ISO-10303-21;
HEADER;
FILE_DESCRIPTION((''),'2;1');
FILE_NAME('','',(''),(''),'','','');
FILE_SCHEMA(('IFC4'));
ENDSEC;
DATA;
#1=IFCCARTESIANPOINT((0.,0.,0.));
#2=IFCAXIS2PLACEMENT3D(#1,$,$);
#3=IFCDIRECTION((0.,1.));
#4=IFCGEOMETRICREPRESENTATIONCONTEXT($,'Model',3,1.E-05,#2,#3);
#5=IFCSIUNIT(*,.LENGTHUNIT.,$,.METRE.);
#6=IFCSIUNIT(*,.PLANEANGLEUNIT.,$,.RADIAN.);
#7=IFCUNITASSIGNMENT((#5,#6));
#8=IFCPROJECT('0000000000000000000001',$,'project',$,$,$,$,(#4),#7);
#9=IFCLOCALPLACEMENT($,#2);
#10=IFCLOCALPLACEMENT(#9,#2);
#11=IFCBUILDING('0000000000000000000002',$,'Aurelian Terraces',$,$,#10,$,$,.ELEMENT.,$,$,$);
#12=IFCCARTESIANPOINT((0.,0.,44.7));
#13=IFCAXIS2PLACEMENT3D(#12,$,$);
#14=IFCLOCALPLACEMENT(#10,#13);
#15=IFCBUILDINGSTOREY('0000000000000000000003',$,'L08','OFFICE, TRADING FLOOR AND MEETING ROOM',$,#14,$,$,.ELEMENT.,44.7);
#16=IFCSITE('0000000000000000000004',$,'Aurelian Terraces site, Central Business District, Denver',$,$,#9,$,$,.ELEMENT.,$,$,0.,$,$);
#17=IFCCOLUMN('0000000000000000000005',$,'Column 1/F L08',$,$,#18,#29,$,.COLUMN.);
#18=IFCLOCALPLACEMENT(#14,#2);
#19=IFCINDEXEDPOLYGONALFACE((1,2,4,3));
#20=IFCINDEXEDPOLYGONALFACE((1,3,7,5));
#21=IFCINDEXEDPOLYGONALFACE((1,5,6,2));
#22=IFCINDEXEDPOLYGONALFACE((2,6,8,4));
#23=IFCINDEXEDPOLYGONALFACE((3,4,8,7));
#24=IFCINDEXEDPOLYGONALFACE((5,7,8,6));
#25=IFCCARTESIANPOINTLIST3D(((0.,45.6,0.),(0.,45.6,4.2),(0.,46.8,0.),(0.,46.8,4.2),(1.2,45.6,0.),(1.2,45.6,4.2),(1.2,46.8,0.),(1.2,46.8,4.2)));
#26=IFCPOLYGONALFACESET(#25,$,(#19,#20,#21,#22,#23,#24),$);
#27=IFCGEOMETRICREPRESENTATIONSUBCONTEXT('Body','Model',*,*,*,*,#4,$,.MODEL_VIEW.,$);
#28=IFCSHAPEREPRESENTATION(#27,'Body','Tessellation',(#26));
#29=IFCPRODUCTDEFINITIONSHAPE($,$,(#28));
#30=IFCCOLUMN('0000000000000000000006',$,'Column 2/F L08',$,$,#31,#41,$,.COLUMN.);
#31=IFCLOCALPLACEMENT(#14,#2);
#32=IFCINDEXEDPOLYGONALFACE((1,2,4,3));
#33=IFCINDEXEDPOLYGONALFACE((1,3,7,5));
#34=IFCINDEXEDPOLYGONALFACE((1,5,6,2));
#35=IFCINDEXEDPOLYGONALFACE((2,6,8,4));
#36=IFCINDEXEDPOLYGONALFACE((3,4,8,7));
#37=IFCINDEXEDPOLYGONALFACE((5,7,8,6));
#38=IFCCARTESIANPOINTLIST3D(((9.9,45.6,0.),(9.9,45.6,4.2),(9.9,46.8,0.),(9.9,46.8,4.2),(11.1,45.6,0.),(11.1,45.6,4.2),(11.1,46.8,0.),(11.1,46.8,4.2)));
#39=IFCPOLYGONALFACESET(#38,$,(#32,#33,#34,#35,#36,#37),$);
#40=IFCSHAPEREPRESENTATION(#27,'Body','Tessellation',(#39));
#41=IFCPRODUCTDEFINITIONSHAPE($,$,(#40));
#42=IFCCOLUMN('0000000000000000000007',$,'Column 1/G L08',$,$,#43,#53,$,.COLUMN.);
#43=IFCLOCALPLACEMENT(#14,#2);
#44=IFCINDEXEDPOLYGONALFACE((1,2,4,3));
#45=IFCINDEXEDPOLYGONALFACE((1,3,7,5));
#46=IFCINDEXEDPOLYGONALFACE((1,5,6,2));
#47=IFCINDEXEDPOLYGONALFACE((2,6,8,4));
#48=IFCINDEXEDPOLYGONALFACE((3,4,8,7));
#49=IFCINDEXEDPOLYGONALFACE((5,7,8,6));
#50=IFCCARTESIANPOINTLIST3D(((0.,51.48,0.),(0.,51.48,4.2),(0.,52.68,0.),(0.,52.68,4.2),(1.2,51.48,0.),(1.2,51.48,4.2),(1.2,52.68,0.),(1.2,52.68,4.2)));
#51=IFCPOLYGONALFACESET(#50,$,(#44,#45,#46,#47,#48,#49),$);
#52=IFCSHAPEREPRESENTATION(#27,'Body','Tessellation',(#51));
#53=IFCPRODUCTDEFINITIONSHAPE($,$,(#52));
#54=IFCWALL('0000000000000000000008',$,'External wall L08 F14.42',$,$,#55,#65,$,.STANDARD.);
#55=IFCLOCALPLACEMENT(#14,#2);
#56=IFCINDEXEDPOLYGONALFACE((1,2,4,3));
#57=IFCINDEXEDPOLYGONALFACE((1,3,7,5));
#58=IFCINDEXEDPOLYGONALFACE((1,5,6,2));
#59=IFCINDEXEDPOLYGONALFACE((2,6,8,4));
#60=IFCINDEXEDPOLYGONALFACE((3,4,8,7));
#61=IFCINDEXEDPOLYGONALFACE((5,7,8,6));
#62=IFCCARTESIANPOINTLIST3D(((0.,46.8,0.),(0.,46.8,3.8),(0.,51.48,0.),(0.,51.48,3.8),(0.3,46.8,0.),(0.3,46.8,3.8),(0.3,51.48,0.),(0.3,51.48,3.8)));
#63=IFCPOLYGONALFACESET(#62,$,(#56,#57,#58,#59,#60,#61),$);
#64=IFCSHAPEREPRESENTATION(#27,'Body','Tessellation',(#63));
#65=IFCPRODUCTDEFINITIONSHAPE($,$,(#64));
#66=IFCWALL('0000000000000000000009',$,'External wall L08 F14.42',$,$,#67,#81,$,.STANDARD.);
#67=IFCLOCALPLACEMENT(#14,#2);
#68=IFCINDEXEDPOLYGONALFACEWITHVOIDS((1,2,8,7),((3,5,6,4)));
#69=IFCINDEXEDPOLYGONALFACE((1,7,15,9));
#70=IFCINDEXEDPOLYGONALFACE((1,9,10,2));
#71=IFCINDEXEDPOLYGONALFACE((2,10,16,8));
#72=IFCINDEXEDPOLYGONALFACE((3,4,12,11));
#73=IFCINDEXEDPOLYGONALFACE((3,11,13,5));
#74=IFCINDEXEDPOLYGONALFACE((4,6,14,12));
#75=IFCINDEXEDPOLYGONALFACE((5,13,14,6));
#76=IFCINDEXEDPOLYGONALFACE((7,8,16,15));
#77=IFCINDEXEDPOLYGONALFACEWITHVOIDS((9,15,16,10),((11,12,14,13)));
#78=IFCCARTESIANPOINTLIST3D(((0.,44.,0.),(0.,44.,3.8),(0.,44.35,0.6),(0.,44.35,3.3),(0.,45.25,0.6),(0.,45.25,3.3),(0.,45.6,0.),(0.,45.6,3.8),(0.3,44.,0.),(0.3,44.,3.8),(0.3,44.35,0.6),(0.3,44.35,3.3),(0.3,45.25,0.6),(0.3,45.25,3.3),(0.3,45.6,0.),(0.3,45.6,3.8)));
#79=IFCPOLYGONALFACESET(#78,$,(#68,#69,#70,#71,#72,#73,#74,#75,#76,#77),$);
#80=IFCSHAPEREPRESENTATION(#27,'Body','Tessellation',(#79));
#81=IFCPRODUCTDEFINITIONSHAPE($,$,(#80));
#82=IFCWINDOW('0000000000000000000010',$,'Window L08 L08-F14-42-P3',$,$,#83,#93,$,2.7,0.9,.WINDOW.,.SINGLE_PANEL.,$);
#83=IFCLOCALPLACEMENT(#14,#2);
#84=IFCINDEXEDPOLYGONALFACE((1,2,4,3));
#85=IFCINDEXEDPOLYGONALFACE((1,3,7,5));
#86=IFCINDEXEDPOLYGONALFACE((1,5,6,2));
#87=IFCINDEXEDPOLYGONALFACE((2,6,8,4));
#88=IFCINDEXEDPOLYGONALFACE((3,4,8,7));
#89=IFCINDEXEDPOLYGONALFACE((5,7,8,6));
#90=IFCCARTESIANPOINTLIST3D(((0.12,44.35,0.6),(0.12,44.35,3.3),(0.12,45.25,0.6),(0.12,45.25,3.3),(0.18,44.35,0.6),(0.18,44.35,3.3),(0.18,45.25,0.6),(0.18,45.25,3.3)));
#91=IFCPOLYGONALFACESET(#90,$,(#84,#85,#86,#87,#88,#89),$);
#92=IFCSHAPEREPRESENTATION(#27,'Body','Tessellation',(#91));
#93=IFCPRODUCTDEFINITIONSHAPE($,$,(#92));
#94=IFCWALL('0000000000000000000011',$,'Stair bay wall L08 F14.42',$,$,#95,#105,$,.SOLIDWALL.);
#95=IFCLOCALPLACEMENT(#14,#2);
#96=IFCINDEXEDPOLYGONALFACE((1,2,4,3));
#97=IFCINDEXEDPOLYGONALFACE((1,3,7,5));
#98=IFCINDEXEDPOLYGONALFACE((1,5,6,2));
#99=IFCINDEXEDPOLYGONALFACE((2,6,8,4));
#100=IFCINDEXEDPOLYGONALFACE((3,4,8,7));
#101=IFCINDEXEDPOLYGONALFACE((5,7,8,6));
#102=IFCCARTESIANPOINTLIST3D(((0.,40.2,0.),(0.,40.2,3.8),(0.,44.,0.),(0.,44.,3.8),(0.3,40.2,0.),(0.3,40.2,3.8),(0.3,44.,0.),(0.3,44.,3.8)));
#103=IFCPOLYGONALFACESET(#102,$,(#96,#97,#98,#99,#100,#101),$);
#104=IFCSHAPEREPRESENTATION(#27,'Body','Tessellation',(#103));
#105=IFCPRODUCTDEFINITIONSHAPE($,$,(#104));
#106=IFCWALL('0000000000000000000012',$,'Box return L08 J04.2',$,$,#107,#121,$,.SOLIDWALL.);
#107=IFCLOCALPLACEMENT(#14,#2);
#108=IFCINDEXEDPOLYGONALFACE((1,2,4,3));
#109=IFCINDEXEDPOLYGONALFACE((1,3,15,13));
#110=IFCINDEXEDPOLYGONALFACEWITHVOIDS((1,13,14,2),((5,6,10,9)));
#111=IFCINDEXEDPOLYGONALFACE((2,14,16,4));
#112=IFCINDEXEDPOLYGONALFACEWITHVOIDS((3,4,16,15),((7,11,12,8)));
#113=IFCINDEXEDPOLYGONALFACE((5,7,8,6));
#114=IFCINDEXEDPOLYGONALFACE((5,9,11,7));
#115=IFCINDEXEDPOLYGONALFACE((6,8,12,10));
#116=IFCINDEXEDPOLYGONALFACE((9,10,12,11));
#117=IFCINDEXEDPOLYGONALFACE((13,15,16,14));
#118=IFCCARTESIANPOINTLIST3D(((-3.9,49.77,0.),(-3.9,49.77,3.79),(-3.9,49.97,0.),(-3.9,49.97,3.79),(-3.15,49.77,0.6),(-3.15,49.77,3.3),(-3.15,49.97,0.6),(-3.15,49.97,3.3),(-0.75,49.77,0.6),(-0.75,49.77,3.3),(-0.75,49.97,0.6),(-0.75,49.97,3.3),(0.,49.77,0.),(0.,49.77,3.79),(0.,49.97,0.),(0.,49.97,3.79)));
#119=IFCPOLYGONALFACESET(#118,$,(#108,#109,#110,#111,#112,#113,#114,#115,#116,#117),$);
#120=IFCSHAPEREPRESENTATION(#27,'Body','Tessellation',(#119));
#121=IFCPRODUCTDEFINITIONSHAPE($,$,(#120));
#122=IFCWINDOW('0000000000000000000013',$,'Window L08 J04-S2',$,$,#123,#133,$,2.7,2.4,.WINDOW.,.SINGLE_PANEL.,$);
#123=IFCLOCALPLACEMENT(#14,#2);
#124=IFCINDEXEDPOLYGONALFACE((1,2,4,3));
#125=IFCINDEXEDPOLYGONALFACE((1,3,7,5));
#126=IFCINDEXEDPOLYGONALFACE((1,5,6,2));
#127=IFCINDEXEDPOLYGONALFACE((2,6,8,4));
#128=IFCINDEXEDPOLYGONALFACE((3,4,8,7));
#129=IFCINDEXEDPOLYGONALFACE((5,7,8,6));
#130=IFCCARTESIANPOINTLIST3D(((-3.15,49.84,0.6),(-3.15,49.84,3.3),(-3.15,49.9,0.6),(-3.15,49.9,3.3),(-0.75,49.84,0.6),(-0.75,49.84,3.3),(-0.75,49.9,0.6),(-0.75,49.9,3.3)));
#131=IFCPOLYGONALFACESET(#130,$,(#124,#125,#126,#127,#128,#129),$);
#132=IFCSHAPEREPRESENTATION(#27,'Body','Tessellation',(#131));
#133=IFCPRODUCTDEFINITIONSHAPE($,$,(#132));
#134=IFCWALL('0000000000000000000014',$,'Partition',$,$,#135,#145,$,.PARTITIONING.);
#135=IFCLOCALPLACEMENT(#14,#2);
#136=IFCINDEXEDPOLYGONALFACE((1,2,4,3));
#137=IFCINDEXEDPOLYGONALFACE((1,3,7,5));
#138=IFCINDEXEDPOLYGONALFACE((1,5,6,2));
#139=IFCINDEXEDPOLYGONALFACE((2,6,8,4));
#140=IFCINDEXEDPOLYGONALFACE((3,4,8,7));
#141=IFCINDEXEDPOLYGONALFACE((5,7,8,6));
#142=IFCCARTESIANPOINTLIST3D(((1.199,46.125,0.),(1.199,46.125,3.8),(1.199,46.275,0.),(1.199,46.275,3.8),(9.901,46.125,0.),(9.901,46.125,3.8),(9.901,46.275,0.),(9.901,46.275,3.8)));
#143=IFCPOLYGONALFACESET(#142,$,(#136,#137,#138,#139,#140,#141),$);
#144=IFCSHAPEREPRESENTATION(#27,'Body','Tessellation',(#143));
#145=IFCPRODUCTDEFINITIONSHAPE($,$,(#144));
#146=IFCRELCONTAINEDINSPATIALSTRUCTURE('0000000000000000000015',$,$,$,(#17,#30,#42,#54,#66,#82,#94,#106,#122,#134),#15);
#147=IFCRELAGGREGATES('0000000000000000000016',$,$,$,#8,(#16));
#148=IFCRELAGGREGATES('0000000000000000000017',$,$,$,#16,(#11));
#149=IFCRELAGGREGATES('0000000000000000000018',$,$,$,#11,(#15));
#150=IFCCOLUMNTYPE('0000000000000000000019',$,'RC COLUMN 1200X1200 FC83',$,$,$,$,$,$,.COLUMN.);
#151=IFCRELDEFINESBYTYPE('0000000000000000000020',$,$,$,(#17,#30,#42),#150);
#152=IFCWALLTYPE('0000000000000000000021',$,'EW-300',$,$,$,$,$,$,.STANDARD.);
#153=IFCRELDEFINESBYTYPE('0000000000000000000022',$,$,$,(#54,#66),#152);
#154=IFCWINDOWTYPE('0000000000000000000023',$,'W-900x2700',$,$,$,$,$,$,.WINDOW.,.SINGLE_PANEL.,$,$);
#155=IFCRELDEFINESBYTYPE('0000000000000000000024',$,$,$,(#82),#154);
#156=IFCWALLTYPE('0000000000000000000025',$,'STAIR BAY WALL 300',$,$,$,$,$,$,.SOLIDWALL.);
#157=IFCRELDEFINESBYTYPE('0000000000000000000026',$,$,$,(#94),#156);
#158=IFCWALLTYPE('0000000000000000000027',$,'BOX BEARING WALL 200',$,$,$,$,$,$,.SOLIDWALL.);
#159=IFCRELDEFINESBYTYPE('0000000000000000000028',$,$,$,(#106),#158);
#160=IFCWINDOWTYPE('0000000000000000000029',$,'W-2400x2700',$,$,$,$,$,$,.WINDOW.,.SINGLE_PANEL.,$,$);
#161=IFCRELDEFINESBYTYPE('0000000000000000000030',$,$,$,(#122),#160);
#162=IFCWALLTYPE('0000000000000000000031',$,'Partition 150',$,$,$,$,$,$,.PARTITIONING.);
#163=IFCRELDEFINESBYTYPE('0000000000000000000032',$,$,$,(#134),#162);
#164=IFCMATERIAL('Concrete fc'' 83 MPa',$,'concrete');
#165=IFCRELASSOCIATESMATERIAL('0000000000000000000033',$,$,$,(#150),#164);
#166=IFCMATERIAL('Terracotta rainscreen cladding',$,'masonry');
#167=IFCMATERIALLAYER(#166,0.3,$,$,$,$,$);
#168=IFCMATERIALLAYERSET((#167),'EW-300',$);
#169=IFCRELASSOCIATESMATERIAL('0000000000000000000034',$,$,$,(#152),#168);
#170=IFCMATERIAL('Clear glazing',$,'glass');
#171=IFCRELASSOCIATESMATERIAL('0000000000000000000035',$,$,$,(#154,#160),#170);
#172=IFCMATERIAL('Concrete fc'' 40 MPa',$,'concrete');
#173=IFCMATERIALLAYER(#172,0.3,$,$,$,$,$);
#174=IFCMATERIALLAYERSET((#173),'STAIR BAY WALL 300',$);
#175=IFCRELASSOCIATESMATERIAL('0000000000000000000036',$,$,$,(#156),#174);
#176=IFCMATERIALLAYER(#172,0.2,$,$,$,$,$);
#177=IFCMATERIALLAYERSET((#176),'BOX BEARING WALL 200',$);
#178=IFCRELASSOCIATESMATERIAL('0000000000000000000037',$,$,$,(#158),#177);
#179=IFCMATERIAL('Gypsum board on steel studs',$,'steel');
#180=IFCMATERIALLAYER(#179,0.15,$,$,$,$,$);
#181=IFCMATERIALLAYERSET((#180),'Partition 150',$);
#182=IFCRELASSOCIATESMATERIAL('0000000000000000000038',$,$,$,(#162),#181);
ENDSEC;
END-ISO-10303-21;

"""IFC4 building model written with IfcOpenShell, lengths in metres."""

from ifc_helpers import new_model, si_unit, direction, frame, frame_2d, origin, origin_2d, place, context, subcontext, project, spatial, rectangle, extrude, source, transform, mapped, material, layer, layer_set, material_profile, profile_set, type_object, element, fill, save


model = new_model("IFC4")

# Units and contexts
model_context = context("Model", 3, precision=1e-05, world=origin(), true_north=direction((0.0, 1.0)))
body_context = subcontext(model_context, "Body", "Model", "MODEL_VIEW")
ifc_project = project(units=[si_unit("LENGTHUNIT", "METRE"), si_unit("PLANEANGLEUNIT", "RADIAN")], contexts=[model_context])

# Site, building, storey
site_placement = place(None, origin())
site = spatial("IfcSite", under=ifc_project, at=site_placement, Name="Aurelian Terraces site, Central Business District, Denver", CompositionType="ELEMENT", RefElevation=0.0)
building_placement = place(site_placement, origin())
building = spatial("IfcBuilding", under=site, at=building_placement, Name="Aurelian Terraces", CompositionType="ELEMENT")
storey_placement = place(building_placement, frame((0.0, 0.0, 44.7)))
storey = spatial("IfcBuildingStorey", under=building, at=storey_placement, Name="L08", Description="OFFICE, TRADING FLOOR AND MEETING ROOM", CompositionType="ELEMENT", Elevation=44.7)

# Columns
ifc_material_1 = material(Name="Concrete fc' 83 MPa", Category="concrete")
ifc_material_profile = material_profile(ifc_material_1, rectangle(XDim=1.2, YDim=1.2, at=origin_2d()))
ifc_profile_set = profile_set([ifc_material_profile], Name="Concrete fc' 83 MPa")
column_type = type_object("IfcColumnType", Name="RC COLUMN 1200X1200 FC83", PredefinedType="COLUMN", material=ifc_profile_set)
shared_shape_1 = source(origin(), body_context, "Body", "SweptSolid", [
    extrude(rectangle(XDim=1.2, YDim=1.2, at=origin_2d()), origin(), (0.0, 0.0, 1.0), 4.2),
])
for number, where, z_axis, x_axis, name in (
    (1, (0.6, 46.2, 0.0), (0.0, 0.0, 1.0), (1.0, 0.0, 0.0), "Column 1/F L08"),
    (2, (10.5, 46.2, 0.0), (0.0, 0.0, 1.0), (1.0, 0.0, 0.0), "Column 2/F L08"),
    (3, (0.6, 52.08, 0.0), (0.0, 0.0, 1.0), (1.0, 0.0, 0.0), "Column 1/G L08"),
):
    element("IfcColumn", number, at=place(storey_placement, frame(where, z_axis=z_axis, x_axis=x_axis)), inside=storey, type_object=column_type, Name=name, PredefinedType="COLUMN", context=body_context, shape_type="MappedRepresentation", body=[
        mapped(shared_shape_1, transform((0.0, 0.0, 0.0), scale=1.0)),
    ])

# Wall
ifc_material_2 = material(Name="Terracotta rainscreen cladding", Category="masonry")
ifc_layer_1 = layer(ifc_material_2, 0.3)
ifc_layer_set_1 = layer_set([ifc_layer_1], Name="EW-300")
wall_type_1 = type_object("IfcWallType", Name="EW-300", PredefinedType="STANDARD", material=ifc_layer_set_1)
shared_shape_2 = source(origin(), body_context, "Body", "SweptSolid", [
    extrude(rectangle(XDim=4.68, YDim=0.3, at=frame_2d((2.34, 0.0))), origin(), (0.0, 0.0, 1.0), 3.8),
])
wall_1_placement = place(storey_placement, frame((0.15, 51.48, 0.0), z_axis=(0.0, 0.0, 1.0), x_axis=(0.0, -1.0, 0.0)))
element("IfcWall", 4, at=wall_1_placement, inside=storey, type_object=wall_type_1, Name="External wall L08 F14.42", PredefinedType="STANDARD", context=body_context, shape_type="MappedRepresentation", body=[
    mapped(shared_shape_2, transform((0.0, 0.0, 0.0), scale=1.0)),
])

# Wall, opening, window
shared_shape_3 = source(origin(), body_context, "Body", "SweptSolid", [
    extrude(rectangle(XDim=1.6, YDim=0.3, at=frame_2d((0.8, 0.0))), origin(), (0.0, 0.0, 1.0), 3.8),
])
wall_2_placement = place(storey_placement, frame((0.15, 45.6, 0.0), z_axis=(0.0, 0.0, 1.0), x_axis=(0.0, -1.0, 0.0)))
wall_2 = element("IfcWall", 5, at=wall_2_placement, inside=storey, type_object=wall_type_1, Name="External wall L08 F14.42", PredefinedType="STANDARD", context=body_context, shape_type="MappedRepresentation", body=[
    mapped(shared_shape_3, transform((0.0, 0.0, 0.0), scale=1.0)),
])
shared_shape_4 = source(origin(), body_context, "Body", "SweptSolid", [
    extrude(rectangle(XDim=0.9, YDim=2.7, at=frame_2d((0.45, 1.35))), frame((0.0, 0.16, 0.0), z_axis=(0.0, -1.0, 0.0), x_axis=(1.0, 0.0, 0.0)), (0.0, 0.0, 1.0), 0.32),
])
opening_1_placement = place(wall_2_placement, frame((0.35, 0.0, 0.6)))
opening_1 = element("IfcOpeningElement", 6, at=opening_1_placement, cuts=wall_2, PredefinedType="OPENING", context=body_context, shape_type="MappedRepresentation", body=[
    mapped(shared_shape_4, transform((0.0, 0.0, 0.0), scale=1.0)),
])
ifc_material_3 = material(Name="Clear glazing", Category="glass")
window_type_1 = type_object("IfcWindowType", Name="W-900x2700", PartitioningType="SINGLE_PANEL", PredefinedType="WINDOW", material=ifc_material_3)
shared_shape_5 = source(origin(), body_context, "Body", "SweptSolid", [
    extrude(rectangle(XDim=0.9, YDim=2.7, at=frame_2d((0.45, 1.35))), frame((0.0, 0.03, 0.0), z_axis=(0.0, -1.0, 0.0), x_axis=(1.0, 0.0, 0.0)), (0.0, 0.0, 1.0), 0.06),
])
window_1_placement = place(opening_1_placement, origin())
window_1 = element("IfcWindow", 7, at=window_1_placement, inside=storey, type_object=window_type_1, Name="Window L08 L08-F14-42-P3", OverallHeight=2.7, OverallWidth=0.9, PartitioningType="SINGLE_PANEL", PredefinedType="WINDOW", context=body_context, shape_type="MappedRepresentation", body=[
    mapped(shared_shape_5, transform((0.0, 0.0, 0.0), scale=1.0)),
])
fill(opening_1, window_1)

# Wall
ifc_material_4 = material(Name="Concrete fc' 40 MPa", Category="concrete")
ifc_layer_2 = layer(ifc_material_4, 0.3)
ifc_layer_set_2 = layer_set([ifc_layer_2], Name="STAIR BAY WALL 300")
wall_type_2 = type_object("IfcWallType", Name="STAIR BAY WALL 300", PredefinedType="SOLIDWALL", material=ifc_layer_set_2)
shared_shape_6 = source(origin(), body_context, "Body", "SweptSolid", [
    extrude(rectangle(XDim=3.8, YDim=0.3, at=frame_2d((1.9, 0.0))), origin(), (0.0, 0.0, 1.0), 3.8),
])
wall_3_placement = place(storey_placement, frame((0.15, 44.0, 0.0), z_axis=(0.0, 0.0, 1.0), x_axis=(0.0, -1.0, 0.0)))
element("IfcWall", 8, at=wall_3_placement, inside=storey, type_object=wall_type_2, Name="Stair bay wall L08 F14.42", PredefinedType="SOLIDWALL", context=body_context, shape_type="MappedRepresentation", body=[
    mapped(shared_shape_6, transform((0.0, 0.0, 0.0), scale=1.0)),
])

# Wall, opening, window
ifc_layer_3 = layer(ifc_material_4, 0.2)
ifc_layer_set_3 = layer_set([ifc_layer_3], Name="BOX BEARING WALL 200")
wall_type_3 = type_object("IfcWallType", Name="BOX BEARING WALL 200", PredefinedType="SOLIDWALL", material=ifc_layer_set_3)
shared_shape_7 = source(origin(), body_context, "Body", "SweptSolid", [
    extrude(rectangle(XDim=3.9, YDim=0.2, at=frame_2d((1.95, 0.0))), origin(), (0.0, 0.0, 1.0), 3.79),
])
wall_4_placement = place(storey_placement, frame((0.0, 49.87, 0.0), z_axis=(0.0, 0.0, 1.0), x_axis=(-1.0, 0.0, 0.0)))
wall_4 = element("IfcWall", 9, at=wall_4_placement, inside=storey, type_object=wall_type_3, Name="Box return L08 J04.2", PredefinedType="SOLIDWALL", context=body_context, shape_type="MappedRepresentation", body=[
    mapped(shared_shape_7, transform((0.0, 0.0, 0.0), scale=1.0)),
])
shared_shape_8 = source(origin(), body_context, "Body", "SweptSolid", [
    extrude(rectangle(XDim=2.4, YDim=2.7, at=frame_2d((1.2, 1.35))), frame((0.0, 0.11, 0.0), z_axis=(0.0, -1.0, 0.0), x_axis=(1.0, 0.0, 0.0)), (0.0, 0.0, 1.0), 0.22),
])
opening_2_placement = place(wall_4_placement, frame((0.75, 0.0, 0.6)))
opening_2 = element("IfcOpeningElement", 10, at=opening_2_placement, cuts=wall_4, PredefinedType="OPENING", context=body_context, shape_type="MappedRepresentation", body=[
    mapped(shared_shape_8, transform((0.0, 0.0, 0.0), scale=1.0)),
])
window_type_2 = type_object("IfcWindowType", Name="W-2400x2700", PartitioningType="SINGLE_PANEL", PredefinedType="WINDOW", material=ifc_material_3)
shared_shape_9 = source(origin(), body_context, "Body", "SweptSolid", [
    extrude(rectangle(XDim=2.4, YDim=2.7, at=frame_2d((1.2, 1.35))), frame((0.0, 0.03, 0.0), z_axis=(0.0, -1.0, 0.0), x_axis=(1.0, 0.0, 0.0)), (0.0, 0.0, 1.0), 0.06),
])
window_2_placement = place(opening_2_placement, origin())
window_2 = element("IfcWindow", 11, at=window_2_placement, inside=storey, type_object=window_type_2, Name="Window L08 J04-S2", OverallHeight=2.7, OverallWidth=2.4, PartitioningType="SINGLE_PANEL", PredefinedType="WINDOW", context=body_context, shape_type="MappedRepresentation", body=[
    mapped(shared_shape_9, transform((0.0, 0.0, 0.0), scale=1.0)),
])
fill(opening_2, window_2)

# Wall
ifc_material_5 = material(Name="Gypsum board on steel studs", Category="steel")
ifc_layer_4 = layer(ifc_material_5, 0.15)
ifc_layer_set_4 = layer_set([ifc_layer_4], Name="Partition 150")
wall_type_4 = type_object("IfcWallType", Name="Partition 150", PredefinedType="PARTITIONING", material=ifc_layer_set_4)
shared_shape_10 = source(origin(), body_context, "Body", "SweptSolid", [
    extrude(rectangle(XDim=8.702, YDim=0.15, at=frame_2d((4.351, 0.0))), origin(), (0.0, 0.0, 1.0), 3.8),
])
wall_5_placement = place(storey_placement, frame((9.901, 46.2, 0.0), z_axis=(0.0, 0.0, 1.0), x_axis=(-1.0, 0.0, 0.0)))
element("IfcWall", 12, at=wall_5_placement, inside=storey, type_object=wall_type_4, Name="Partition", PredefinedType="PARTITIONING", context=body_context, shape_type="MappedRepresentation", body=[
    mapped(shared_shape_10, transform((0.0, 0.0, 0.0), scale=1.0)),
])

save(model, "model.ifc")
